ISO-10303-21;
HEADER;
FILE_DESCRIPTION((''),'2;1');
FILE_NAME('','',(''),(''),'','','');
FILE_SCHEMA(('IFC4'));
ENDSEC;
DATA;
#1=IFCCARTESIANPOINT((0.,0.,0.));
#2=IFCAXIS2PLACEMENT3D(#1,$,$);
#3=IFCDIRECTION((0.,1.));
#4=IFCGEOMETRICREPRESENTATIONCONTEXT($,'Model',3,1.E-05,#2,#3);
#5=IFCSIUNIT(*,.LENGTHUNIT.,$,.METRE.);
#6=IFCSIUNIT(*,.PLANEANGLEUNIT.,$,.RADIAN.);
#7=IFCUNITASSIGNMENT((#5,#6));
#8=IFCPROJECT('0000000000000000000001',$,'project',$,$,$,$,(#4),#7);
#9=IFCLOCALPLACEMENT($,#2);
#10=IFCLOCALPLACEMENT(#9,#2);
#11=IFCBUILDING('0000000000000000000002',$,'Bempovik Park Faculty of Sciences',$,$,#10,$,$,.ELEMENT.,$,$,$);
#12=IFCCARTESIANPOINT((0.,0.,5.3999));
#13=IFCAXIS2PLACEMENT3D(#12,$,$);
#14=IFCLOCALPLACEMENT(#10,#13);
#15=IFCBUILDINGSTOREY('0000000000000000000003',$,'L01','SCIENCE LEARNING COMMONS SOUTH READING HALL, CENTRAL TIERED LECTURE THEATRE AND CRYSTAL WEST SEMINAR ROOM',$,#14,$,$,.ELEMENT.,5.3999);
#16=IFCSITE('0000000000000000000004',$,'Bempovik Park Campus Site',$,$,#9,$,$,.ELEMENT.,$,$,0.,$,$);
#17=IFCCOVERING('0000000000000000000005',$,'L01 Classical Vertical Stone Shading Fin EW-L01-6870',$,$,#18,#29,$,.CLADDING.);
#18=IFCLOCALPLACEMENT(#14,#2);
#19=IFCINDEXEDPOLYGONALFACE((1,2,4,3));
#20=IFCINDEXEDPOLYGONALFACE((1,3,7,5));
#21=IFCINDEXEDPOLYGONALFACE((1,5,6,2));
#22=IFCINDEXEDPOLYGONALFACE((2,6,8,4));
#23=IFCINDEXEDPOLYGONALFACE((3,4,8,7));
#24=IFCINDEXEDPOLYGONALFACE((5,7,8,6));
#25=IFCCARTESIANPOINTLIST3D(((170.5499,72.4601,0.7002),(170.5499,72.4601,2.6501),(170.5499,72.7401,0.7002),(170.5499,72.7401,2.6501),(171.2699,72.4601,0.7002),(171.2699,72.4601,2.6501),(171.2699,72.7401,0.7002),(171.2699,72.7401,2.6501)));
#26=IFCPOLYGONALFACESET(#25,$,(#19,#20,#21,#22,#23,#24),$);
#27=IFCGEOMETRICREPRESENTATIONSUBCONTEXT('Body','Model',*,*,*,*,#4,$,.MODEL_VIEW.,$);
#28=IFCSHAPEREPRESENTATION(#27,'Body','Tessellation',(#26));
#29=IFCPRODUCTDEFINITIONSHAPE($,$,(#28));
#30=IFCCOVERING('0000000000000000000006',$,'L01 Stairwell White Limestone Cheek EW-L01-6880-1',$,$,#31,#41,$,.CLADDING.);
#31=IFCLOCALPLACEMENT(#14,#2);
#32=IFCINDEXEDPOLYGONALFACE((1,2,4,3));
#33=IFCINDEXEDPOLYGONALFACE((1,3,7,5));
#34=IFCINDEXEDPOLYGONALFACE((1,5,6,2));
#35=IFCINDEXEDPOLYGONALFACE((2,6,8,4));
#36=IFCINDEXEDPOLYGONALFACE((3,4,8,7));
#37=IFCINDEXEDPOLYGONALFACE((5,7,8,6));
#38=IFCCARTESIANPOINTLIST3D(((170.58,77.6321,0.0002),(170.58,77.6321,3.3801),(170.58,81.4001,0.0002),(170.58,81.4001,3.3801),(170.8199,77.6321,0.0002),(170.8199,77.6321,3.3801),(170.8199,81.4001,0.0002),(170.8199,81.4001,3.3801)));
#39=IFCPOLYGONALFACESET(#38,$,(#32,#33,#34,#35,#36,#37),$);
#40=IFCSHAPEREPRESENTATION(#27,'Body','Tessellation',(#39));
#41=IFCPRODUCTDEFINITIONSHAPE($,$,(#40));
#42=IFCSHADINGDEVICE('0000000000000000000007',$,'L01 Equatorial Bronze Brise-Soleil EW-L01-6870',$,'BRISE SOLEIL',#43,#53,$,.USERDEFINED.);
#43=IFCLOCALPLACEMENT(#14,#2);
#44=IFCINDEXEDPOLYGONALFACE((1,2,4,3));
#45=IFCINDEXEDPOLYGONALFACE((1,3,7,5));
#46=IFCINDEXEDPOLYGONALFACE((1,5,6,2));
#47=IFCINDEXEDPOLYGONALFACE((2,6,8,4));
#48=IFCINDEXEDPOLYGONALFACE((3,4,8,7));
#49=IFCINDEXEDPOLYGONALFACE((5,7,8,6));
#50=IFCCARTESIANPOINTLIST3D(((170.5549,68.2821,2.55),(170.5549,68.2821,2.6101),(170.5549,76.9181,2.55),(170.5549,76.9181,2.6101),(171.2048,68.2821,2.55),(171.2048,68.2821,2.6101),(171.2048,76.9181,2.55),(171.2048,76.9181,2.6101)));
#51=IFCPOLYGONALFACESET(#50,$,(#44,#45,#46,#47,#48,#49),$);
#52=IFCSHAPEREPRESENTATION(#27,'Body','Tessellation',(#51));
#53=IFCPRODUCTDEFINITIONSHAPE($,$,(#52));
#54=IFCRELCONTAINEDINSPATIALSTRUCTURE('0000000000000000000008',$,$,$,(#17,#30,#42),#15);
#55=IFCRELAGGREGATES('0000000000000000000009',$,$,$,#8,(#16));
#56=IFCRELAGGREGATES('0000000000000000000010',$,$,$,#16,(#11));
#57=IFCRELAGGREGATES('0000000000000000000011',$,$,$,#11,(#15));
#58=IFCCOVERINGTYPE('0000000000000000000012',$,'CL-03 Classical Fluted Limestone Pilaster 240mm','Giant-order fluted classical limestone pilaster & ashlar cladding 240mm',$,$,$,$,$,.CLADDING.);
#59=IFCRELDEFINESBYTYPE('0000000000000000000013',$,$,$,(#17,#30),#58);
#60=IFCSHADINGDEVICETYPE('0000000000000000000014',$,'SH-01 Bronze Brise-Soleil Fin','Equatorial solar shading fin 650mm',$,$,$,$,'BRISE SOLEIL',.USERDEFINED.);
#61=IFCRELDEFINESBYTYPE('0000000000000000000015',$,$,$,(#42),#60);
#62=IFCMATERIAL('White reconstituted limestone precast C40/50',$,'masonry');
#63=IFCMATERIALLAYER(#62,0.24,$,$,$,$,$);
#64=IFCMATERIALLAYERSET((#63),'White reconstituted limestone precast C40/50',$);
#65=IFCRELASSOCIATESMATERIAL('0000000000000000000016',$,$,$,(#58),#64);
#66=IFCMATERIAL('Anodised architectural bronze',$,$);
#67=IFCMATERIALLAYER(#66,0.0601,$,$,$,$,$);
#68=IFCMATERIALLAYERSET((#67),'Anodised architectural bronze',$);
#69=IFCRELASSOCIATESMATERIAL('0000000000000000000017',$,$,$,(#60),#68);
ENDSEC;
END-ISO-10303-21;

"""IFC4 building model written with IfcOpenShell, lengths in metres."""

from ifc_helpers import new_model, si_unit, direction, frame, origin, origin_2d, place, context, subcontext, project, spatial, rectangle, extrude, material, layer, layer_set, type_object, element, save


model = new_model("IFC4")

# Units and contexts
model_context = context("Model", 3, precision=1e-05, world=origin(), true_north=direction((0.0, 1.0)))
body_context = subcontext(model_context, "Body", "Model", "MODEL_VIEW")
ifc_project = project(units=[si_unit("LENGTHUNIT", "METRE"), si_unit("PLANEANGLEUNIT", "RADIAN")], contexts=[model_context])

# Site, building, storey
site_placement = place(None, origin())
site = spatial("IfcSite", under=ifc_project, at=site_placement, Name="Bempovik Park Campus Site", CompositionType="ELEMENT", RefElevation=0.0)
building_placement = place(site_placement, origin())
building = spatial("IfcBuilding", under=site, at=building_placement, Name="Bempovik Park Faculty of Sciences", CompositionType="ELEMENT")
storey_placement = place(building_placement, frame((0.0, 0.0, 5.3999)))
storey = spatial("IfcBuildingStorey", under=building, at=storey_placement, Name="L01", Description="SCIENCE LEARNING COMMONS SOUTH READING HALL, CENTRAL TIERED LECTURE THEATRE AND CRYSTAL WEST SEMINAR ROOM", CompositionType="ELEMENT", Elevation=5.3999)

# Coverings
ifc_material_1 = material(Name="White reconstituted limestone precast C40/50", Category="masonry")
ifc_layer_1 = layer(ifc_material_1, 0.24)
ifc_layer_set_1 = layer_set([ifc_layer_1], Name="White reconstituted limestone precast C40/50")
covering_type_1 = type_object("IfcCoveringType", Name="CL-03 Classical Fluted Limestone Pilaster 240mm", Description="Giant-order fluted classical limestone pilaster & ashlar cladding 240mm", PredefinedType="CLADDING", material=ifc_layer_set_1)
covering_1_placement = place(storey_placement, frame((170.9099, 72.6001, 0.7002), z_axis=(0.0, 0.0, 1.0), x_axis=(1.0, 0.0, 0.0)))
element("IfcCovering", 1, at=covering_1_placement, inside=storey, type_object=covering_type_1, Name="L01 Classical Vertical Stone Shading Fin EW-L01-6870", PredefinedType="CLADDING", context=body_context, shape_type="SweptSolid", body=[
    extrude(rectangle(XDim=0.72, YDim=0.28, at=origin_2d()), origin(), (0.0, 0.0, 1.0), 1.95),
])
covering_2_placement = place(storey_placement, frame((170.7, 79.5161, 0.0002), z_axis=(0.0, 0.0, 1.0), x_axis=(1.0, 0.0, 0.0)))
element("IfcCovering", 2, at=covering_2_placement, inside=storey, type_object=covering_type_1, Name="L01 Stairwell White Limestone Cheek EW-L01-6880-1", PredefinedType="CLADDING", context=body_context, shape_type="SweptSolid", body=[
    extrude(rectangle(XDim=0.24, YDim=3.7681, at=origin_2d()), origin(), (0.0, 0.0, 1.0), 3.3799),
])

# Shading device
ifc_material_2 = material(Name="Anodised architectural bronze")
ifc_layer_2 = layer(ifc_material_2, 0.0601)
ifc_layer_set_2 = layer_set([ifc_layer_2], Name="Anodised architectural bronze")
shading_device_type = type_object("IfcShadingDeviceType", Name="SH-01 Bronze Brise-Soleil Fin", Description="Equatorial solar shading fin 650mm", ElementType="BRISE SOLEIL", PredefinedType="USERDEFINED", material=ifc_layer_set_2)
shading_device_placement = place(storey_placement, frame((170.8799, 72.6001, 2.55), z_axis=(0.0, 0.0, 1.0), x_axis=(1.0, 0.0, 0.0)))
element("IfcShadingDevice", 3, at=shading_device_placement, inside=storey, type_object=shading_device_type, Name="L01 Equatorial Bronze Brise-Soleil EW-L01-6870", ObjectType="BRISE SOLEIL", PredefinedType="USERDEFINED", context=body_context, shape_type="SweptSolid", body=[
    extrude(rectangle(XDim=0.6499, YDim=8.636, at=origin_2d()), origin(), (0.0, 0.0, 1.0), 0.0601),
])

save(model, "model.ifc")
